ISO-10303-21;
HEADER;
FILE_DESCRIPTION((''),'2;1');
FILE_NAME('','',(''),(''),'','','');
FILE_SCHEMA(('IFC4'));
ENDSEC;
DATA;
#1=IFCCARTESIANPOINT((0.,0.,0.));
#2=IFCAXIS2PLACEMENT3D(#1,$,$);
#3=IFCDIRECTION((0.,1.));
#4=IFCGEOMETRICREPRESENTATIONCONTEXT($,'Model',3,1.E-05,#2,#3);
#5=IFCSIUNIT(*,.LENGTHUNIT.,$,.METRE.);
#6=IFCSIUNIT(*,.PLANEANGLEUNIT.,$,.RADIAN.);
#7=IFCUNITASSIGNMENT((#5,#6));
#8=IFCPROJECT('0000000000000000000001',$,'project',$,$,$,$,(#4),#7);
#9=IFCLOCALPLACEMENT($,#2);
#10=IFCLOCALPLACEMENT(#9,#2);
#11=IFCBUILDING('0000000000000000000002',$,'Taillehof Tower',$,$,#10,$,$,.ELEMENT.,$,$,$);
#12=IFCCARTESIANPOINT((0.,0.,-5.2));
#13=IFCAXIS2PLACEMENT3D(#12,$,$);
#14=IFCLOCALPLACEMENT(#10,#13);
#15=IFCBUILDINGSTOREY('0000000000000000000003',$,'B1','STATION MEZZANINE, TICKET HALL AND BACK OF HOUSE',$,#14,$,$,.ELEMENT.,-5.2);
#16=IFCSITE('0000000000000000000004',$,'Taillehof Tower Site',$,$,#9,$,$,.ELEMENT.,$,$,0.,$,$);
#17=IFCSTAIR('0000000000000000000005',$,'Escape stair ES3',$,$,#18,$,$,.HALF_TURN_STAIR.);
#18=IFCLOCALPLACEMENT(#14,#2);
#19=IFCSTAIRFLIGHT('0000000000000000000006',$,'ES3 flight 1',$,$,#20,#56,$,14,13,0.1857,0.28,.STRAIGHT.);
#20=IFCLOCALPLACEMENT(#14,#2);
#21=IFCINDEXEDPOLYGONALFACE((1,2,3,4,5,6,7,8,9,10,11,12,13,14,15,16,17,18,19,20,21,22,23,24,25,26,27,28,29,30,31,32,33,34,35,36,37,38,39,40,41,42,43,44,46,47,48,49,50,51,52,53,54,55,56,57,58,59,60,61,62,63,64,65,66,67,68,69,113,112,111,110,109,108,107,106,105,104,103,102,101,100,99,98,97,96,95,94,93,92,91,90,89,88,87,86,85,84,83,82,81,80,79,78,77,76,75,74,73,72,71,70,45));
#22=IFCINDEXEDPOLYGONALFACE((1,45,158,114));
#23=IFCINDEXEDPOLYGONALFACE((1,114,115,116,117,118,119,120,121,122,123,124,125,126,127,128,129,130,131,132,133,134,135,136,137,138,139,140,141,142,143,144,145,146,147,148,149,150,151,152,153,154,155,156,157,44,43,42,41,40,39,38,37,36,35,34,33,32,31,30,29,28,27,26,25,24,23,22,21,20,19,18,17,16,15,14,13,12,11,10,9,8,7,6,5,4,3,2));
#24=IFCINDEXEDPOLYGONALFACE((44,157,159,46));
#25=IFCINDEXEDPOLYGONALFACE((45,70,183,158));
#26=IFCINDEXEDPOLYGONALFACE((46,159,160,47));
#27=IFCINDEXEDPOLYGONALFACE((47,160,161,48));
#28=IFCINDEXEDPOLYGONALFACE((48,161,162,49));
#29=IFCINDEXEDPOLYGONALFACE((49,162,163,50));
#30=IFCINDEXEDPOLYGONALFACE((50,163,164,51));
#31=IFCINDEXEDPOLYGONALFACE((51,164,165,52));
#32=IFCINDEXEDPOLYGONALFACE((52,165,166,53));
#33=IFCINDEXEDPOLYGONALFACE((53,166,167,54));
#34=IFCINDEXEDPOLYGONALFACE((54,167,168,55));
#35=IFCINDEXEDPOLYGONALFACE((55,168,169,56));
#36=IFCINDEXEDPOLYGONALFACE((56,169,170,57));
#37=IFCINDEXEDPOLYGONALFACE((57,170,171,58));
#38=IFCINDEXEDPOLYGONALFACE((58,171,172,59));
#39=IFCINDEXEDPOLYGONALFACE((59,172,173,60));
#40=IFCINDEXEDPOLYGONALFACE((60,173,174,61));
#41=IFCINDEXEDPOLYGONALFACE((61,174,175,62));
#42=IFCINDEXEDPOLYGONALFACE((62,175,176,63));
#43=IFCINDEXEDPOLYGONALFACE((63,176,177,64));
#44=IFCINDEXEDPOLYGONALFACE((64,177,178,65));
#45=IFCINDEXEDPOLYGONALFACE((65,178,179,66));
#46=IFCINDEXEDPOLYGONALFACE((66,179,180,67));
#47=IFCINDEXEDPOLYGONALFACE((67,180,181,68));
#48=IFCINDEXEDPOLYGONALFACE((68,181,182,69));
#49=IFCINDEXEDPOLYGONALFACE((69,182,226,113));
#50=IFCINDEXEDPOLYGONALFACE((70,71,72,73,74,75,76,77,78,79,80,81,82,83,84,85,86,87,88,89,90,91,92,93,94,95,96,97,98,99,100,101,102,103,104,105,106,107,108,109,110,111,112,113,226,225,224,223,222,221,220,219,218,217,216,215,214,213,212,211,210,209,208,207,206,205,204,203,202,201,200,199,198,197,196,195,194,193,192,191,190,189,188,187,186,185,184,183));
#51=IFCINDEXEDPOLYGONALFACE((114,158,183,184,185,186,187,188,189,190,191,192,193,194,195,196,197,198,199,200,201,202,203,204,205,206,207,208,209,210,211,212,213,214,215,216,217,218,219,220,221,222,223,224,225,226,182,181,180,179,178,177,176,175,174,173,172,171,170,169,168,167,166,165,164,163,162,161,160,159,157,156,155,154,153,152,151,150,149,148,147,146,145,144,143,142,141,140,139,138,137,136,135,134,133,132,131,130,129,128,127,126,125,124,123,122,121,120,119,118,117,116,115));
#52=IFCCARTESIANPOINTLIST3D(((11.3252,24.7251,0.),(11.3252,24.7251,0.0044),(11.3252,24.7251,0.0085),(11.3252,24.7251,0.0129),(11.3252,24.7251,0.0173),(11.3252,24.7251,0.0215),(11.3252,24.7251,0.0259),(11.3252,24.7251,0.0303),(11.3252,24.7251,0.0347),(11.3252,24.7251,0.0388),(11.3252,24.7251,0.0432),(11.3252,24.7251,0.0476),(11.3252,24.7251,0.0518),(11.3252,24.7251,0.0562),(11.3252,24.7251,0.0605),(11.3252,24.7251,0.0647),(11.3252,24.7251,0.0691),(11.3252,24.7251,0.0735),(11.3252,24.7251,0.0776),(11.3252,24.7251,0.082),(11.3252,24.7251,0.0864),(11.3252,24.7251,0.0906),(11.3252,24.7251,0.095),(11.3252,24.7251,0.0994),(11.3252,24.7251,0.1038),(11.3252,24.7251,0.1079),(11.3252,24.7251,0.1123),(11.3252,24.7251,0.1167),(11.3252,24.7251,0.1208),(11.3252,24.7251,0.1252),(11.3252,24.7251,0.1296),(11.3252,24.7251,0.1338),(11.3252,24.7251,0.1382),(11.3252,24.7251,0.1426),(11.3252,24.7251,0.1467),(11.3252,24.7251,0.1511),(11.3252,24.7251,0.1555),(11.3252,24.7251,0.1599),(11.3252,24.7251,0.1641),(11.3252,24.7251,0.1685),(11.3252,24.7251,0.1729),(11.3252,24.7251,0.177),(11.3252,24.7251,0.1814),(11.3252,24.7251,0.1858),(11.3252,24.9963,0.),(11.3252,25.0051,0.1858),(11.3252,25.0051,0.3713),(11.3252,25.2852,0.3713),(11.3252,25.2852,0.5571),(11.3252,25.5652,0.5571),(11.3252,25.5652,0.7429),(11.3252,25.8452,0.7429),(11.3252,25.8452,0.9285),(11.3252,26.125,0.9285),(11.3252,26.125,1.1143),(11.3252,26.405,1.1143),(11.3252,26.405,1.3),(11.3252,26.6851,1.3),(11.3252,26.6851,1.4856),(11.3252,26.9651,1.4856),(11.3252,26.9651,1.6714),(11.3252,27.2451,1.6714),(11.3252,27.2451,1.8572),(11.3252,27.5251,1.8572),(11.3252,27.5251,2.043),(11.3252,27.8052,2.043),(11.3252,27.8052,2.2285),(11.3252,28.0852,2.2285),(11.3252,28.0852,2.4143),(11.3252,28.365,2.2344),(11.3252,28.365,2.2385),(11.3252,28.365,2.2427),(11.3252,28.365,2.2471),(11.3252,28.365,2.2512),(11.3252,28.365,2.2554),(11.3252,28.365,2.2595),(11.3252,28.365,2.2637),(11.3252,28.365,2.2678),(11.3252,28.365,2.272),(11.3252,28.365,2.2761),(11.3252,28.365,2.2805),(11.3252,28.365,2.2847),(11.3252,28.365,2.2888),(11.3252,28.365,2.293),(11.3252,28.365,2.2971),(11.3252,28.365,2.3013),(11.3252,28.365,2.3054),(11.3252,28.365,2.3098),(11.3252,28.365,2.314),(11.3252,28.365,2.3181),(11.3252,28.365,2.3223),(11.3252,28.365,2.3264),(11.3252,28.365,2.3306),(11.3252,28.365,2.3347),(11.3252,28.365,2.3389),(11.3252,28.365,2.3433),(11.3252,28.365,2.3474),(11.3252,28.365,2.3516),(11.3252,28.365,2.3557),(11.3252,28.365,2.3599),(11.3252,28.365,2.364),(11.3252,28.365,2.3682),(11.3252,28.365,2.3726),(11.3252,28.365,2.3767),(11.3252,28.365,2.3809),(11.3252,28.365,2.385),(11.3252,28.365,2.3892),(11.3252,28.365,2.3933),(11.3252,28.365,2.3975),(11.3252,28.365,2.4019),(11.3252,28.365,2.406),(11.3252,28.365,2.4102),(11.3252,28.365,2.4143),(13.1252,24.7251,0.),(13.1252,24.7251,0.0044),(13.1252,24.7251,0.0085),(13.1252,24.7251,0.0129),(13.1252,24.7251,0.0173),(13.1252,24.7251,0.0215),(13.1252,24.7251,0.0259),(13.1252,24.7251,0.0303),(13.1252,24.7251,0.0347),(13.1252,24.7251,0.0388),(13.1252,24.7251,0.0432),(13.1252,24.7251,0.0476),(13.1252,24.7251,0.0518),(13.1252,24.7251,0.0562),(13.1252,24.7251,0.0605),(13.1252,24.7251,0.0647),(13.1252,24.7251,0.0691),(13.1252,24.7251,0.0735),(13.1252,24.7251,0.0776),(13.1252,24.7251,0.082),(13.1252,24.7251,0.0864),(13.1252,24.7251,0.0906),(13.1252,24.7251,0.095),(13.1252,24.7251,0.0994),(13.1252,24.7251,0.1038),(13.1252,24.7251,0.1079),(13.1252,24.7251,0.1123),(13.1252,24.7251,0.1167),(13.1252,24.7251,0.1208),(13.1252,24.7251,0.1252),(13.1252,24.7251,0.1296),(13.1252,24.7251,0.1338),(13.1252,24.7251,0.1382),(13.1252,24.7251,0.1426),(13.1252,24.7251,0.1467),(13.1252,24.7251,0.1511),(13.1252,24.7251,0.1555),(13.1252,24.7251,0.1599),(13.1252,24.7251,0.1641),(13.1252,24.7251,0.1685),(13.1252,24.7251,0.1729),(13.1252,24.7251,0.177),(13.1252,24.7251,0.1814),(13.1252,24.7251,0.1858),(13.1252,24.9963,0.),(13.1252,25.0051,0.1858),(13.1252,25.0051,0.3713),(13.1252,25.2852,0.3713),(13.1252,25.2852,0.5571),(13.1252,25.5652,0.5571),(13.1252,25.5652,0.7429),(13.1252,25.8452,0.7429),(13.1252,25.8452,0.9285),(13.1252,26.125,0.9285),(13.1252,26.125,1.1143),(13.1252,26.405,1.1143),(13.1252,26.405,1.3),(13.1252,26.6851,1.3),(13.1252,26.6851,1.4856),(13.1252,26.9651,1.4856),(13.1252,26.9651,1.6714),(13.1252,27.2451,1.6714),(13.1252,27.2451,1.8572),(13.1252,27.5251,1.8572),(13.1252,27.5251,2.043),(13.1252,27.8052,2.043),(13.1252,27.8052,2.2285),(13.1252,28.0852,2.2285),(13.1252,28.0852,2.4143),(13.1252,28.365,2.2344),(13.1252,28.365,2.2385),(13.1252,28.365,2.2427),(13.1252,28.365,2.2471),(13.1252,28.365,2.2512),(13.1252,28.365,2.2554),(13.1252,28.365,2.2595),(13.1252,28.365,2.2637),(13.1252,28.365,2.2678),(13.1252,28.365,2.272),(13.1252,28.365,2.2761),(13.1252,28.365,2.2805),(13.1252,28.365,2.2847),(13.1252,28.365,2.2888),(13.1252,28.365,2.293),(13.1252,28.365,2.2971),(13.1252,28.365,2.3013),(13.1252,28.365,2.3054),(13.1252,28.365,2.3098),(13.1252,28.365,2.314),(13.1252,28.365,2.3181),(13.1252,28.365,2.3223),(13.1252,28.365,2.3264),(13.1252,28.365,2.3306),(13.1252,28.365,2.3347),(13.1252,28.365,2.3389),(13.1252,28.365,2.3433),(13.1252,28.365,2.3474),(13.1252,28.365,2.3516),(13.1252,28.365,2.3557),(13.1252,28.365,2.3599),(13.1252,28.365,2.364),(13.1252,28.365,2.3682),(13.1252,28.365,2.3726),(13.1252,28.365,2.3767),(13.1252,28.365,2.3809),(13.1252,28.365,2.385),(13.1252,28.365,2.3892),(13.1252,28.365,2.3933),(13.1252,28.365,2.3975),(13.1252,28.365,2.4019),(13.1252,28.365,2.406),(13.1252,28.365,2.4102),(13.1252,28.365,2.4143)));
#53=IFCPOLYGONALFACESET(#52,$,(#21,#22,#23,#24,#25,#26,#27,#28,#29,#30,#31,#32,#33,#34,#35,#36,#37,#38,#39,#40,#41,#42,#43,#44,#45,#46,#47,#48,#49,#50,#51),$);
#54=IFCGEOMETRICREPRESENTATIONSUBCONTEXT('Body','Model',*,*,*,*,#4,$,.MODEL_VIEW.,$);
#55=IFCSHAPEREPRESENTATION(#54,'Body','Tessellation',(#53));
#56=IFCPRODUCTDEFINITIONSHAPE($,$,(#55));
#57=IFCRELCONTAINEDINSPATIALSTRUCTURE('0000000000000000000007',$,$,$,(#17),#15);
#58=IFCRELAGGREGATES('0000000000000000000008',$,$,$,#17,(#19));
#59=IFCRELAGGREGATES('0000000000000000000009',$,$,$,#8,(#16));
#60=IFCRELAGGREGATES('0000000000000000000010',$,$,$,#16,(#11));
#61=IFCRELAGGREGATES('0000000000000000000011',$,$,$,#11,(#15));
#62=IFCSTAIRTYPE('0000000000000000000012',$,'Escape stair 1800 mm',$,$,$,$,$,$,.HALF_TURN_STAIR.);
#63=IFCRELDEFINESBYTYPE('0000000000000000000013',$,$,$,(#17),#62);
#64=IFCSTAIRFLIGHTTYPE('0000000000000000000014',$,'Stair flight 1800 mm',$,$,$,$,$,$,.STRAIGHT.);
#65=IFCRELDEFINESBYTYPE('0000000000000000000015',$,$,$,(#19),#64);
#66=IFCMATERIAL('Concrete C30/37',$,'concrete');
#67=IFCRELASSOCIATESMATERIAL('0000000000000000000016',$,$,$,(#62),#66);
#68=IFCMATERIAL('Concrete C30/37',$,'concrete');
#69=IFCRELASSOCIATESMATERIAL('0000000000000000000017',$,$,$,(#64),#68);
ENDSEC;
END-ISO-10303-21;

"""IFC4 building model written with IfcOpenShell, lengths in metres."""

from ifc_helpers import new_model, si_unit, direction, frame, origin, place, context, subcontext, project, spatial, polyline, outline, extrude, material, type_object, element, aggregate, save


model = new_model("IFC4")

# Units and contexts
model_context = context("Model", 3, precision=1e-05, world=origin(), true_north=direction((0.0, 1.0)))
body_context = subcontext(model_context, "Body", "Model", "MODEL_VIEW")
ifc_project = project(units=[si_unit("LENGTHUNIT", "METRE"), si_unit("PLANEANGLEUNIT", "RADIAN")], contexts=[model_context])

# Site, building, storey
site_placement = place(None, origin())
site = spatial("IfcSite", under=ifc_project, at=site_placement, Name="Taillehof Tower Site", CompositionType="ELEMENT", RefElevation=0.0)
building_placement = place(site_placement, origin())
building = spatial("IfcBuilding", under=site, at=building_placement, Name="Taillehof Tower", CompositionType="ELEMENT")
storey_placement = place(building_placement, frame((0.0, 0.0, -5.2)))
storey = spatial("IfcBuildingStorey", under=building, at=storey_placement, Name="B1", Description="STATION MEZZANINE, TICKET HALL AND BACK OF HOUSE", CompositionType="ELEMENT", Elevation=-5.2)

# Stair, stair flight
ifc_material_1 = material(Name="Concrete C30/37", Category="concrete")
stair_type = type_object("IfcStairType", Name="Escape stair 1800 mm", PredefinedType="HALF_TURN_STAIR", material=ifc_material_1)
stair_placement = place(storey_placement, origin())
stair = element("IfcStair", 1, at=stair_placement, inside=storey, type_object=stair_type, Name="Escape stair ES3", PredefinedType="HALF_TURN_STAIR")
ifc_material_2 = material(Name="Concrete C30/37", Category="concrete")
stair_flight_type = type_object("IfcStairFlightType", Name="Stair flight 1800 mm", PredefinedType="STRAIGHT", material=ifc_material_2)
stair_flight_1_placement = place(storey_placement, frame((12.2251, 24.7251, 0.0), z_axis=(0.0, 0.0, 1.0), x_axis=(0.0, 1.0, 0.0)))
stair_flight_1 = element("IfcStairFlight", 2, at=stair_flight_1_placement, type_object=stair_flight_type, Name="ES3 flight 1", NumberOfRisers=14, NumberOfTreads=13, PredefinedType="STRAIGHT", RiserHeight=0.1857, TreadLength=0.28, context=body_context, shape_type="SweptSolid", body=[
    extrude(outline(polyline([(0.0, 0.0), (0.0, 0.0044), (0.0, 0.0085), (0.0, 0.0129), (0.0, 0.0173), (0.0, 0.0215), (0.0, 0.0259), (0.0, 0.0303), (0.0, 0.0347), (0.0, 0.0388), (0.0, 0.0432), (0.0, 0.0476), (0.0, 0.0518), (0.0, 0.0562), (0.0, 0.0605), (0.0, 0.0647), (0.0, 0.0691), (0.0, 0.0735), (0.0, 0.0776), (0.0, 0.082), (0.0, 0.0864), (0.0, 0.0906), (0.0, 0.095), (0.0, 0.0994), (0.0, 0.1038), (0.0, 0.1079), (0.0, 0.1123), (0.0, 0.1167), (0.0, 0.1208), (0.0, 0.1252), (0.0, 0.1296), (0.0, 0.1338), (0.0, 0.1382), (0.0, 0.1426), (0.0, 0.1467), (0.0, 0.1511), (0.0, 0.1555), (0.0, 0.1599), (0.0, 0.1641), (0.0, 0.1685), (0.0, 0.1729), (0.0, 0.177), (0.0, 0.1814), (0.0, 0.1858), (0.28, 0.1858), (0.28, 0.3713), (0.5601, 0.3713), (0.5601, 0.5571), (0.8401, 0.5571), (0.8401, 0.7429), (1.1201, 0.7429), (1.1201, 0.9285), (1.3999, 0.9285), (1.3999, 1.1143), (1.6799, 1.1143), (1.6799, 1.3), (1.96, 1.3), (1.96, 1.4856), (2.24, 1.4856), (2.24, 1.6714), (2.52, 1.6714), (2.52, 1.8572), (2.8, 1.8572), (2.8, 2.043), (3.0801, 2.043), (3.0801, 2.2285), (3.3601, 2.2285), (3.3601, 2.4143), (3.6399, 2.4143), (3.6399, 2.4102), (3.6399, 2.406), (3.6399, 2.4019), (3.6399, 2.3975), (3.6399, 2.3933), (3.6399, 2.3892), (3.6399, 2.385), (3.6399, 2.3809), (3.6399, 2.3767), (3.6399, 2.3726), (3.6399, 2.3682), (3.6399, 2.364), (3.6399, 2.3599), (3.6399, 2.3557), (3.6399, 2.3516), (3.6399, 2.3474), (3.6399, 2.3433), (3.6399, 2.3389), (3.6399, 2.3347), (3.6399, 2.3306), (3.6399, 2.3264), (3.6399, 2.3223), (3.6399, 2.3181), (3.6399, 2.314), (3.6399, 2.3098), (3.6399, 2.3054), (3.6399, 2.3013), (3.6399, 2.2971), (3.6399, 2.293), (3.6399, 2.2888), (3.6399, 2.2847), (3.6399, 2.2805), (3.6399, 2.2761), (3.6399, 2.272), (3.6399, 2.2678), (3.6399, 2.2637), (3.6399, 2.2595), (3.6399, 2.2554), (3.6399, 2.2512), (3.6399, 2.2471), (3.6399, 2.2427), (3.6399, 2.2385), (3.6399, 2.2344), (0.2712, 0.0), (0.0, 0.0)])), frame((0.0, 0.8999, 0.0), z_axis=(0.0, -1.0, 0.0), x_axis=(1.0, 0.0, 0.0)), (0.0, 0.0, 1.0), 1.8),
])
aggregate(stair, [stair_flight_1])

save(model, "model.ifc")
